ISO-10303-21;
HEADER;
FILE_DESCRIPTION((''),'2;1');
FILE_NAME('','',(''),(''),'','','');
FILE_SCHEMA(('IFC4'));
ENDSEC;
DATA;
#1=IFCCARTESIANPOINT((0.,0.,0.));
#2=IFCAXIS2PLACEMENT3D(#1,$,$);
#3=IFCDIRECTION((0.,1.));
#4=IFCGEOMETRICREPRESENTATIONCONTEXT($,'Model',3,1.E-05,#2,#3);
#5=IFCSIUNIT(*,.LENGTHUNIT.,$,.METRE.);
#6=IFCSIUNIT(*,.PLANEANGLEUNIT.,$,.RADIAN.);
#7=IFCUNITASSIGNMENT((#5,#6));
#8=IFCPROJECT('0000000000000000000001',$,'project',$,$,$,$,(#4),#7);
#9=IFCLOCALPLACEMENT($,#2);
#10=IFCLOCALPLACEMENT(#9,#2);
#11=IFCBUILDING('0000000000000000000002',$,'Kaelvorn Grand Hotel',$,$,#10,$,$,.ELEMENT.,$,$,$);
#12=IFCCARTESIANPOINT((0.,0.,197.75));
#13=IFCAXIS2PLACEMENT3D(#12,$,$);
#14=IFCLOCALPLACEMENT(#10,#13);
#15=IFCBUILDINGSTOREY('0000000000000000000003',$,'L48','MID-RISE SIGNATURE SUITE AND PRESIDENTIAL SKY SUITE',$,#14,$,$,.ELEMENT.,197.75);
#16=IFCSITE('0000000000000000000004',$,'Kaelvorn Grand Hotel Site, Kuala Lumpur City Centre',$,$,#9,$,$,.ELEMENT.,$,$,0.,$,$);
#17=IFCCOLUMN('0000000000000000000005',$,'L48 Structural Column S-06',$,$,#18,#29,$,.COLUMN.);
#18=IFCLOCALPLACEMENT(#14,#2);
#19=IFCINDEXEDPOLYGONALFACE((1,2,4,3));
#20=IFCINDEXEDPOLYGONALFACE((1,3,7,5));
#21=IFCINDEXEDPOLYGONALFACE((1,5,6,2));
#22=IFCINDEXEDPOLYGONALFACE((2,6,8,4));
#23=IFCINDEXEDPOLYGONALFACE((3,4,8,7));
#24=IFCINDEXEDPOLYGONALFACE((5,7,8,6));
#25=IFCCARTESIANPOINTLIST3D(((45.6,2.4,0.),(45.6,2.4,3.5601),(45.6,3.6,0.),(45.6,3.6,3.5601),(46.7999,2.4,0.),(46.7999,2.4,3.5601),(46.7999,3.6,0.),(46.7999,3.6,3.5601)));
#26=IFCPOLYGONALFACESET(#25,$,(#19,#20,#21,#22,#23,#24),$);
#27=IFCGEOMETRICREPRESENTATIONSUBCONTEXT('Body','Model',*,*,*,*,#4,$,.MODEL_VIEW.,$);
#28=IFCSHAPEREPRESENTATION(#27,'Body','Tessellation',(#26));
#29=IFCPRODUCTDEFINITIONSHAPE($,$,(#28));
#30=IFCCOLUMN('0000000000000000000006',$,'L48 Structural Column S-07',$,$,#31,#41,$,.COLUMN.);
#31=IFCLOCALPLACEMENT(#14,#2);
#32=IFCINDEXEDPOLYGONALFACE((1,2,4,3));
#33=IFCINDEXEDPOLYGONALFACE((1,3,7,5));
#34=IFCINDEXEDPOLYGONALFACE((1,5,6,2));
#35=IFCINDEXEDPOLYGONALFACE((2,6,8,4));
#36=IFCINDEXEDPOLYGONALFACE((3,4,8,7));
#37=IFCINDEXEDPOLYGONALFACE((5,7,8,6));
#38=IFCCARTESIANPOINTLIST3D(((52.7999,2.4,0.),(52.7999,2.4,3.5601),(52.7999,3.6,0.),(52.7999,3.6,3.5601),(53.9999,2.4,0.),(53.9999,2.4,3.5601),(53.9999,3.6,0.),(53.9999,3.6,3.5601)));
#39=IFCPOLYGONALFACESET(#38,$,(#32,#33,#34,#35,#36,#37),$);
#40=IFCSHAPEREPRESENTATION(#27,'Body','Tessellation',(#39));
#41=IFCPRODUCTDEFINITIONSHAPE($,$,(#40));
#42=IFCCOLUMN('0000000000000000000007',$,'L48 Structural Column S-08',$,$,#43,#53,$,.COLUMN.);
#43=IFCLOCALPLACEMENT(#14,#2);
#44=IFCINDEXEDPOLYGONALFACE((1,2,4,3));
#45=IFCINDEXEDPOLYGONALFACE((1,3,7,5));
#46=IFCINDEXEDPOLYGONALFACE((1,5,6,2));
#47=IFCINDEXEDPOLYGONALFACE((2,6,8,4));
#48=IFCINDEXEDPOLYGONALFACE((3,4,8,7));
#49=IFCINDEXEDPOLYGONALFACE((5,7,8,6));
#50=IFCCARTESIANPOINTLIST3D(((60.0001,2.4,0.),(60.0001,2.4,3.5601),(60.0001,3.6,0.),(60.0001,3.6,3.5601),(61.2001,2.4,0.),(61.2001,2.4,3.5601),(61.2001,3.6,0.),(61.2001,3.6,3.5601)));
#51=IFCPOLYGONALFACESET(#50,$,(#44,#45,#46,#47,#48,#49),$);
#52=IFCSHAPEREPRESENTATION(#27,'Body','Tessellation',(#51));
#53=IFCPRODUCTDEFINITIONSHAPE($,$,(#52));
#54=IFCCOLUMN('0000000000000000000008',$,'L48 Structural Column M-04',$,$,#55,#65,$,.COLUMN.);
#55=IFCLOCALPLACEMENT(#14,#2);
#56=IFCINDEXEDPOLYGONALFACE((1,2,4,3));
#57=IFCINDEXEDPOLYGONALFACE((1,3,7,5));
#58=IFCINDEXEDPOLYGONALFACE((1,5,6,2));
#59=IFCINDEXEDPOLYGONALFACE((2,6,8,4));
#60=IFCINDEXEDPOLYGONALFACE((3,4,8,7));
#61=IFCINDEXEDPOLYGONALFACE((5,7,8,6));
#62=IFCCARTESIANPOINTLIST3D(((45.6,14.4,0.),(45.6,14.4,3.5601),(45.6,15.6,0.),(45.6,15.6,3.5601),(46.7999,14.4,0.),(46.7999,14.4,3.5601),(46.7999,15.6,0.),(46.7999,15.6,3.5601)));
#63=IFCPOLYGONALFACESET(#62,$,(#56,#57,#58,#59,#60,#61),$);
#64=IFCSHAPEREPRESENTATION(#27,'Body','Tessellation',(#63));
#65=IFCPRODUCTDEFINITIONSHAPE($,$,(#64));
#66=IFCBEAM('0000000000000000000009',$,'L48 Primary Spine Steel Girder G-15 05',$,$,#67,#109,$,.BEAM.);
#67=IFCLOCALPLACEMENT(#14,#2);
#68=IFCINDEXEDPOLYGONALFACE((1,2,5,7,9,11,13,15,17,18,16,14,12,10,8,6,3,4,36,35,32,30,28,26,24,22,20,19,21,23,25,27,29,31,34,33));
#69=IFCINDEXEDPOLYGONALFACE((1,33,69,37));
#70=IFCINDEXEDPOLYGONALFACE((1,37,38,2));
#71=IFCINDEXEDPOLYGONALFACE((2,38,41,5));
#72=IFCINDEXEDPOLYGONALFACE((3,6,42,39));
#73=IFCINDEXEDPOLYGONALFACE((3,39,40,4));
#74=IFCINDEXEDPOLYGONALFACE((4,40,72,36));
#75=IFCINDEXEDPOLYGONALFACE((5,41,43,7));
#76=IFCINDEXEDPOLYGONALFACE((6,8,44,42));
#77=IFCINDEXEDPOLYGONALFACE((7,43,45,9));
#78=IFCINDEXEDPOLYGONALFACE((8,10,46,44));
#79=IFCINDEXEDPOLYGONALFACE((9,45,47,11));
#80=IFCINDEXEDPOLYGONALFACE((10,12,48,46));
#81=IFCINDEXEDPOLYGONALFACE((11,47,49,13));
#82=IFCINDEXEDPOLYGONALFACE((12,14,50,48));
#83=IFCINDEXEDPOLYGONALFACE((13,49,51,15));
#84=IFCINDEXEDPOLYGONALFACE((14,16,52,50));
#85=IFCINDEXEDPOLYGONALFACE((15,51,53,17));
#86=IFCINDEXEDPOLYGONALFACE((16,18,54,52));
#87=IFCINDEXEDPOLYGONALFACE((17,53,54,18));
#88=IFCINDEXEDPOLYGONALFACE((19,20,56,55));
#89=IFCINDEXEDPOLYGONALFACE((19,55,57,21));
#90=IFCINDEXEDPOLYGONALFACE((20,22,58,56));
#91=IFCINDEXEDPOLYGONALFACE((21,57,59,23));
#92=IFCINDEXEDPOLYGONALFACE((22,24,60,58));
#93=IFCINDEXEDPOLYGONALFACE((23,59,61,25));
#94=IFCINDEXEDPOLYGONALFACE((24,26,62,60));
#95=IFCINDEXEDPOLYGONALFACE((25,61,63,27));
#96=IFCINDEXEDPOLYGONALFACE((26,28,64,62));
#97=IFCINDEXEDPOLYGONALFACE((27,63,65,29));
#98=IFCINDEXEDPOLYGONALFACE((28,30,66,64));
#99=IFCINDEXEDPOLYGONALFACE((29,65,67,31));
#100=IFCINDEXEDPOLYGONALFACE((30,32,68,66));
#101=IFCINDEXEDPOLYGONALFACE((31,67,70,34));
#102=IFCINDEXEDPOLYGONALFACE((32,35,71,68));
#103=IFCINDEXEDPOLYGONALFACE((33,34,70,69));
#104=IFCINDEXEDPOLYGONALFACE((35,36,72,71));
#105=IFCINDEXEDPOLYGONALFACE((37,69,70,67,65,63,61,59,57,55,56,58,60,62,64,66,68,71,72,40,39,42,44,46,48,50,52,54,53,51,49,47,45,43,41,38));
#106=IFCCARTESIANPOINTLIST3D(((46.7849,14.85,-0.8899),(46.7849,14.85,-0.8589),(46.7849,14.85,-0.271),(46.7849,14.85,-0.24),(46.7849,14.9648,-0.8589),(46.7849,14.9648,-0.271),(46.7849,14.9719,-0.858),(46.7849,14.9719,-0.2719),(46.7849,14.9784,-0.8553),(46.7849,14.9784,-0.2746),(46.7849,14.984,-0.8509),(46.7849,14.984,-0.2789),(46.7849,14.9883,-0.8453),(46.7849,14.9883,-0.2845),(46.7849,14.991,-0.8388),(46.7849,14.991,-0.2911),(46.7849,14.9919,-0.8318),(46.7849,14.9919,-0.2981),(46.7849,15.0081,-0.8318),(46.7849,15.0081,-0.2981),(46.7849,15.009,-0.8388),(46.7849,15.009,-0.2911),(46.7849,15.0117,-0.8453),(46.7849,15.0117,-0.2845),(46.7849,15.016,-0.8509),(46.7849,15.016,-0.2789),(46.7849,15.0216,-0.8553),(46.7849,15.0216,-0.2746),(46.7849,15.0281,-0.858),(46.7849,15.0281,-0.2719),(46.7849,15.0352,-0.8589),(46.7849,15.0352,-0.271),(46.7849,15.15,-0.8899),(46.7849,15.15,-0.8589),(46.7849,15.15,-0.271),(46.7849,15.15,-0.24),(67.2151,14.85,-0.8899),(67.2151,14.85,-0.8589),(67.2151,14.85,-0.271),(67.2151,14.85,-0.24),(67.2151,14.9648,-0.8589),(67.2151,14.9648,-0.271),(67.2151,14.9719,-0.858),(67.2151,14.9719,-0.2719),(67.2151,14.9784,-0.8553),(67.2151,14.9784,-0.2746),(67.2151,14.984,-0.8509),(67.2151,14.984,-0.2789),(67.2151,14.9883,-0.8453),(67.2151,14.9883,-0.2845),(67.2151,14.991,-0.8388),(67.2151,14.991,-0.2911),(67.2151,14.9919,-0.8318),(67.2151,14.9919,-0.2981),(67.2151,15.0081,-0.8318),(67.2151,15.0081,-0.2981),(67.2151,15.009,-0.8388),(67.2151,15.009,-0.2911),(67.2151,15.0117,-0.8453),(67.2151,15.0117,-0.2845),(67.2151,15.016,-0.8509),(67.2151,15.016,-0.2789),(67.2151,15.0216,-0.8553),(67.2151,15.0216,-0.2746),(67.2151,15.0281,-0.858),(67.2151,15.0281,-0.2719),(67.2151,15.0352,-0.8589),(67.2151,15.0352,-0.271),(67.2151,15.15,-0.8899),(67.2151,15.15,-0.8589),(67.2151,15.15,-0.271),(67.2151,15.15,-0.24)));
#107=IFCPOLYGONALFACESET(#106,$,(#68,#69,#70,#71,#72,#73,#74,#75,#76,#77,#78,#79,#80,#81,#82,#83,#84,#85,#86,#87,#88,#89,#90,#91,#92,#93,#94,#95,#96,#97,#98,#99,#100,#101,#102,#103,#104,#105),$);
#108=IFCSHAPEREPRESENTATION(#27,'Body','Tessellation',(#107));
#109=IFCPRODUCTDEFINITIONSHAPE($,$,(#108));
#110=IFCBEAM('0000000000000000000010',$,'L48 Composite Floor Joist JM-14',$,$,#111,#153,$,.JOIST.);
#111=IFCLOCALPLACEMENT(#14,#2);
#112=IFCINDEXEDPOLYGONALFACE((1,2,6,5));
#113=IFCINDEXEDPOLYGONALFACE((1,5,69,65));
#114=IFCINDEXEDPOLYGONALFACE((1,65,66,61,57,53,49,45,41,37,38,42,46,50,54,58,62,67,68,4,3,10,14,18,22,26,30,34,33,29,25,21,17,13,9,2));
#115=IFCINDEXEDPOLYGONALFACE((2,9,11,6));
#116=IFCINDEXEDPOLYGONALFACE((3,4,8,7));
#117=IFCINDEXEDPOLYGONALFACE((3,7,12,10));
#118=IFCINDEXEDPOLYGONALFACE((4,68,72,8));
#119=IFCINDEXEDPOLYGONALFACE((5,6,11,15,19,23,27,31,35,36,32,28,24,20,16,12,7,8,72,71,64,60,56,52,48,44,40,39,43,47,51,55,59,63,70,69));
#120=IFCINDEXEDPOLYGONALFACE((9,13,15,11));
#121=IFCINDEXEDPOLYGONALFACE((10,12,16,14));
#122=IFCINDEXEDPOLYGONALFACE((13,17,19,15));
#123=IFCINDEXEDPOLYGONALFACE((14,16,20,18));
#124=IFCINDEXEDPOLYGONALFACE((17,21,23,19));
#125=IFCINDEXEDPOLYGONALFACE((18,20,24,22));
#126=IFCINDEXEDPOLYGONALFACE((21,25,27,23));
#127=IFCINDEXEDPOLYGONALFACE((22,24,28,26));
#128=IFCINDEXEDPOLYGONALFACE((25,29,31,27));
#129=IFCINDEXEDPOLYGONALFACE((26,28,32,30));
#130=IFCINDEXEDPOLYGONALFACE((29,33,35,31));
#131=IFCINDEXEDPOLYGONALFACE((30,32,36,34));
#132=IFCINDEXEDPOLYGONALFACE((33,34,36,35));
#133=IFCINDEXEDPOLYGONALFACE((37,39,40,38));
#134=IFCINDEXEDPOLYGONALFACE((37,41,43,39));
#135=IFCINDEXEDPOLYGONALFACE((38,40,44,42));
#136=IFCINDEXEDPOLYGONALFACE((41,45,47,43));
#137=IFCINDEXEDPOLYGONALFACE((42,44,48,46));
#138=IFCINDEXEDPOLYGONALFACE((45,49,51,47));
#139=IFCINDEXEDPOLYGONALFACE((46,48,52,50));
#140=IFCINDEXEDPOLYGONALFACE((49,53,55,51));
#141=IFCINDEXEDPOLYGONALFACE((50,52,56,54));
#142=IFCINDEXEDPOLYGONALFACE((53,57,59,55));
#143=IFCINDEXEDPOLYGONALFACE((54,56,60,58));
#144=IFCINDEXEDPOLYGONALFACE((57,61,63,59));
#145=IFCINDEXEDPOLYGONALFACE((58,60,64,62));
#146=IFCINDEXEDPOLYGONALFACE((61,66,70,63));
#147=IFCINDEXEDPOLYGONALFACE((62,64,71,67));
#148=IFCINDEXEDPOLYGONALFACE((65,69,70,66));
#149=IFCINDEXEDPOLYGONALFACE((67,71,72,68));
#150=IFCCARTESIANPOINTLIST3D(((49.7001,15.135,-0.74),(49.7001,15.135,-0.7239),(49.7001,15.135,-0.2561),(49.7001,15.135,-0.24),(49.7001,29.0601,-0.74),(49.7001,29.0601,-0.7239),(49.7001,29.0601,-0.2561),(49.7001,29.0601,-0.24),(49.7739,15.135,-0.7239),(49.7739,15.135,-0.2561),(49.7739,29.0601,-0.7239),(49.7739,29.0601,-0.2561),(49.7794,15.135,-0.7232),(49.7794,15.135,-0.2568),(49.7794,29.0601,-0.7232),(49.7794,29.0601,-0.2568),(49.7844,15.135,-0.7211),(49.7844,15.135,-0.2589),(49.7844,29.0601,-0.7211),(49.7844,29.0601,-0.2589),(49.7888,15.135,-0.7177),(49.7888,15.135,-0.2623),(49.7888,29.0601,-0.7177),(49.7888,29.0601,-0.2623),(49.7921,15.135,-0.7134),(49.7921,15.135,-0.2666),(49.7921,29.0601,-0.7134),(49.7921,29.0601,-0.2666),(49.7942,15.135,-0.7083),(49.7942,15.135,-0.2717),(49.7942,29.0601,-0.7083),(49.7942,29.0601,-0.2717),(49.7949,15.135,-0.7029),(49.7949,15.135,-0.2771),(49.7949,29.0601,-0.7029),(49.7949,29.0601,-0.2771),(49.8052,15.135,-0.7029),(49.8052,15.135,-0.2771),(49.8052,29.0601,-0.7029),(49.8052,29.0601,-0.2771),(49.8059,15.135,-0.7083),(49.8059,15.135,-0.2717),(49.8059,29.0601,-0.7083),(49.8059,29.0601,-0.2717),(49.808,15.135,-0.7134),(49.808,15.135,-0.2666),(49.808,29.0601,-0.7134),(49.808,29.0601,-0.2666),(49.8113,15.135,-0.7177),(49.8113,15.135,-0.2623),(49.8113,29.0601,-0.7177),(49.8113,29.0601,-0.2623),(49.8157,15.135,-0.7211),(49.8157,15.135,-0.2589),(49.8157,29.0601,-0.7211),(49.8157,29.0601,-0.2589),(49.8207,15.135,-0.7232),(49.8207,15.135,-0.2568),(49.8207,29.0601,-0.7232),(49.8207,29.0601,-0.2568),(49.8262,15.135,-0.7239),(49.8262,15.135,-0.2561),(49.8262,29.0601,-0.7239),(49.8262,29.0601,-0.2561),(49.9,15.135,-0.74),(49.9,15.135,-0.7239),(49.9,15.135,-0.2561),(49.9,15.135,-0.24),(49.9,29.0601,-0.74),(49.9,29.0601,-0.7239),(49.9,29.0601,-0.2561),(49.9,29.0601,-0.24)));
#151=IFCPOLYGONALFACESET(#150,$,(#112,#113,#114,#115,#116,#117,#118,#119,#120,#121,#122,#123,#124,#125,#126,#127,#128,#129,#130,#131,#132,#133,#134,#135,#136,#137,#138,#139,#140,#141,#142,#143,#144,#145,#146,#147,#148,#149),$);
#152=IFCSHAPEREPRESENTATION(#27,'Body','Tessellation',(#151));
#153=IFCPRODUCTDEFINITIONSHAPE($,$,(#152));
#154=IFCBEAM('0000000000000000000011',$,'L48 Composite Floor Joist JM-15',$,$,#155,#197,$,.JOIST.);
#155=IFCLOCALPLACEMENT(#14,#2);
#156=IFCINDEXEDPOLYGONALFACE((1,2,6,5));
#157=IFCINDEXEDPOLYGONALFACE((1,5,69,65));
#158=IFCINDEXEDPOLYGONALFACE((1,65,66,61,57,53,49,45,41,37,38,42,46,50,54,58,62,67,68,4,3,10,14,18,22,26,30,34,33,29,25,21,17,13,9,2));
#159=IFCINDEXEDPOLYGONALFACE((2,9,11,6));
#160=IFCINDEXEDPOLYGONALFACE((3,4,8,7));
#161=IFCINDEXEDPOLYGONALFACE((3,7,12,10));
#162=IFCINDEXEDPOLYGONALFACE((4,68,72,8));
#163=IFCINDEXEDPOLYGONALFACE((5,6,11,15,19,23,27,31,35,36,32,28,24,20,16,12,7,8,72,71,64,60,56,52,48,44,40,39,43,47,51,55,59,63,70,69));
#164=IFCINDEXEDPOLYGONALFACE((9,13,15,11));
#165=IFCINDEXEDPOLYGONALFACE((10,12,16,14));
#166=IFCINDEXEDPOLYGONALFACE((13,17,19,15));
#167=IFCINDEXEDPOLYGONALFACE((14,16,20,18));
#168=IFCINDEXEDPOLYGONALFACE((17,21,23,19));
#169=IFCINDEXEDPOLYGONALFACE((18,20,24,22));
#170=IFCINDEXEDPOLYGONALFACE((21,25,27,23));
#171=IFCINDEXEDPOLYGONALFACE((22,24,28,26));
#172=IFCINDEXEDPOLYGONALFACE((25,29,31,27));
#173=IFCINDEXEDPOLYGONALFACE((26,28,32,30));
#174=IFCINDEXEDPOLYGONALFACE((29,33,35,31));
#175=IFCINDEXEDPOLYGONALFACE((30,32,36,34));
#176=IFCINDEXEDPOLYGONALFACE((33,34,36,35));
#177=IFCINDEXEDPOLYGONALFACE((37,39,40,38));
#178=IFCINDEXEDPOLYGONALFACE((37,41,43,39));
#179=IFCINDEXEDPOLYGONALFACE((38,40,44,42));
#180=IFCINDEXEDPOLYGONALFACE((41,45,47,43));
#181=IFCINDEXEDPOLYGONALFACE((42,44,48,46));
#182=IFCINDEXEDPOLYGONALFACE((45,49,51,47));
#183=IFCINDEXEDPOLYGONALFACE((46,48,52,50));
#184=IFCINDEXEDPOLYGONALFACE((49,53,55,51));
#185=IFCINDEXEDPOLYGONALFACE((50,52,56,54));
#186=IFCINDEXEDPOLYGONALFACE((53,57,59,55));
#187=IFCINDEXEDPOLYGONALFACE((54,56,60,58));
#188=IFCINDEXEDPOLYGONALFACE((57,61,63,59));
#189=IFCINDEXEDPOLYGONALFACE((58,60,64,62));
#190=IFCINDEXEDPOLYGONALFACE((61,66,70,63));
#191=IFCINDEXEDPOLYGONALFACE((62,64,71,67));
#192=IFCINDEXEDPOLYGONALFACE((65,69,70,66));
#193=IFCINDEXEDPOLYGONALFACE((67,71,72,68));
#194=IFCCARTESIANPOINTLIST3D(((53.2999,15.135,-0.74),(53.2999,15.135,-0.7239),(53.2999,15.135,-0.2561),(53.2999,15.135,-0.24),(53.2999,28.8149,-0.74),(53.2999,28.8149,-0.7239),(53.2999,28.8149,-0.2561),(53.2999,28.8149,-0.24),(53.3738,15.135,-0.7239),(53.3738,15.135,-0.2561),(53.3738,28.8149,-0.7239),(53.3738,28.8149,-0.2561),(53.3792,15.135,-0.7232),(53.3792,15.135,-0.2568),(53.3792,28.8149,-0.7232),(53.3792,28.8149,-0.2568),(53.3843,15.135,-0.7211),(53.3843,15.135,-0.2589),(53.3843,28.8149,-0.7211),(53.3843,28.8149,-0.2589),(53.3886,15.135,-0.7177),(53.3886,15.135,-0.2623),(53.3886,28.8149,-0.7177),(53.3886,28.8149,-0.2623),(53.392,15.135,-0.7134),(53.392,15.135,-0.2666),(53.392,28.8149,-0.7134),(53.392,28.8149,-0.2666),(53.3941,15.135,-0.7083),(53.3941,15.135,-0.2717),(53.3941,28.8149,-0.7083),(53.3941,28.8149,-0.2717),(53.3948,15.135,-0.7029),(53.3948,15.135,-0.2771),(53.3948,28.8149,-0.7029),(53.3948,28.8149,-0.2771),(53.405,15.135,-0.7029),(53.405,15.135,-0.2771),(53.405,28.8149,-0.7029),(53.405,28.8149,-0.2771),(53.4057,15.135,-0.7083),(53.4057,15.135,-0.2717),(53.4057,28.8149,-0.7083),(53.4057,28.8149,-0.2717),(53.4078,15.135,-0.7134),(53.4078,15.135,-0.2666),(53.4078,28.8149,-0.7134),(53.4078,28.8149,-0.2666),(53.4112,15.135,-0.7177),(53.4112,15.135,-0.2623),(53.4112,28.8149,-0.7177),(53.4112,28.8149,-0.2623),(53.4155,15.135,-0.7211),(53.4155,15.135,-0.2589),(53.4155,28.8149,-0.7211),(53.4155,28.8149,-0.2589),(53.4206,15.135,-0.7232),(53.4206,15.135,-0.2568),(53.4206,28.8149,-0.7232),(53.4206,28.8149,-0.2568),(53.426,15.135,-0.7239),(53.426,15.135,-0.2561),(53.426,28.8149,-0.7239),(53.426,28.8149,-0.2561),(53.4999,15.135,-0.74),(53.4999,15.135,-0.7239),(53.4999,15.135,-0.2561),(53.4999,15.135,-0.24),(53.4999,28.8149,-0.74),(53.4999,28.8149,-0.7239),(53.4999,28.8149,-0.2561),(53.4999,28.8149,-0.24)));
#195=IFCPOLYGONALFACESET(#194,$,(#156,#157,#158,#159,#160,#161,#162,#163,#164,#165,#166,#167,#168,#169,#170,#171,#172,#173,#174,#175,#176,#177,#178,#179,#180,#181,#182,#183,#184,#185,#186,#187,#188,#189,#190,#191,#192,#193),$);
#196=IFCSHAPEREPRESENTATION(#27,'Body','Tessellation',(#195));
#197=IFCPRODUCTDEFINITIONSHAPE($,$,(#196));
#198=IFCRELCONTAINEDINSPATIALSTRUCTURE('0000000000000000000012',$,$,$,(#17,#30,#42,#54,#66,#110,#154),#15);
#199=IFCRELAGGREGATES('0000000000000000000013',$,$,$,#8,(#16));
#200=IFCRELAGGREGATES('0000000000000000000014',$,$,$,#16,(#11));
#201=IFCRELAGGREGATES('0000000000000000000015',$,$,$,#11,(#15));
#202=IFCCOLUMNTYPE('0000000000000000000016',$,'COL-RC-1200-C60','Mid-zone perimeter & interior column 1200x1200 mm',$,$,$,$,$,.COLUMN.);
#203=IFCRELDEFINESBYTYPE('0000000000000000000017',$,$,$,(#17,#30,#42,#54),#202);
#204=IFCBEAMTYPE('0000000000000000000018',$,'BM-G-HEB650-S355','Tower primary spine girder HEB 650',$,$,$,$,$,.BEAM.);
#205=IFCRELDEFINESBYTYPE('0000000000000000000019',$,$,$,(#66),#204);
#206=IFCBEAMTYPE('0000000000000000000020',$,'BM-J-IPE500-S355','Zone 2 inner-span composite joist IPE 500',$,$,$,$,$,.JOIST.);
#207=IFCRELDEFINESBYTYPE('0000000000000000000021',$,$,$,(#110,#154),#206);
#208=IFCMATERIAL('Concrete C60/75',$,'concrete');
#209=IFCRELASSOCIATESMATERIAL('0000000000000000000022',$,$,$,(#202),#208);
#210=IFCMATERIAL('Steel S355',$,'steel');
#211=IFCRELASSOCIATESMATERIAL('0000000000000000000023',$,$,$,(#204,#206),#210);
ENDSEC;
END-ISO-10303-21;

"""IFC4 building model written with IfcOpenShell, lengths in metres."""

from ifc_helpers import new_model, si_unit, direction, frame, origin, origin_2d, place, context, subcontext, project, spatial, rectangle, i_section, extrude, material, material_profile, profile_set, type_object, element, save


model = new_model("IFC4")

# Units and contexts
model_context = context("Model", 3, precision=1e-05, world=origin(), true_north=direction((0.0, 1.0)))
body_context = subcontext(model_context, "Body", "Model", "MODEL_VIEW")
ifc_project = project(units=[si_unit("LENGTHUNIT", "METRE"), si_unit("PLANEANGLEUNIT", "RADIAN")], contexts=[model_context])

# Site, building, storey
site_placement = place(None, origin())
site = spatial("IfcSite", under=ifc_project, at=site_placement, Name="Kaelvorn Grand Hotel Site, Kuala Lumpur City Centre", CompositionType="ELEMENT", RefElevation=0.0)
building_placement = place(site_placement, origin())
building = spatial("IfcBuilding", under=site, at=building_placement, Name="Kaelvorn Grand Hotel", CompositionType="ELEMENT")
storey_placement = place(building_placement, frame((0.0, 0.0, 197.75)))
storey = spatial("IfcBuildingStorey", under=building, at=storey_placement, Name="L48", Description="MID-RISE SIGNATURE SUITE AND PRESIDENTIAL SKY SUITE", CompositionType="ELEMENT", Elevation=197.75)

# Columns
ifc_material_1 = material(Name="Concrete C60/75", Category="concrete")
ifc_material_profile_1 = material_profile(ifc_material_1, rectangle(XDim=1.2, YDim=1.2, at=origin_2d()), Name="RC COL 1200x1200")
ifc_profile_set_1 = profile_set([ifc_material_profile_1], Name="Concrete C60/75")
column_type = type_object("IfcColumnType", Name="COL-RC-1200-C60", Description="Mid-zone perimeter & interior column 1200x1200 mm", PredefinedType="COLUMN", material=ifc_profile_set_1)
for number, where, z_axis, x_axis, name in (
    (1, (46.2, 3.0, 0.0), (0.0, 0.0, 1.0), (1.0, 0.0, 0.0), "L48 Structural Column S-06"),
    (2, (53.3999, 3.0, 0.0), (0.0, 0.0, 1.0), (1.0, 0.0, 0.0), "L48 Structural Column S-07"),
    (3, (60.6001, 3.0, 0.0), (0.0, 0.0, 1.0), (1.0, 0.0, 0.0), "L48 Structural Column S-08"),
    (4, (46.2, 15.0, 0.0), (0.0, 0.0, 1.0), (1.0, 0.0, 0.0), "L48 Structural Column M-04"),
):
    element("IfcColumn", number, at=place(storey_placement, frame(where, z_axis=z_axis, x_axis=x_axis)), inside=storey, type_object=column_type, Name=name, PredefinedType="COLUMN", context=body_context, shape_type="SweptSolid", body=[
        extrude(rectangle(XDim=1.2, YDim=1.2, at=origin_2d()), origin(), (0.0, 0.0, 1.0), 3.5601),
    ])

# Beams
ifc_material_2 = material(Name="Steel S355", Category="steel")
ifc_material_profile_2 = material_profile(ifc_material_2, i_section(OverallWidth=0.3, OverallDepth=0.6499, WebThickness=0.0161, FlangeThickness=0.031, FilletRadius=0.0271, at=origin_2d()), Name="HEB 650")
ifc_profile_set_2 = profile_set([ifc_material_profile_2], Name="Steel S355")
beam_type_1 = type_object("IfcBeamType", Name="BM-G-HEB650-S355", Description="Tower primary spine girder HEB 650", PredefinedType="BEAM", material=ifc_profile_set_2)
beam_1_placement = place(storey_placement, frame((46.7849, 15.0, -0.5649), z_axis=(1.0, 0.0, 0.0), x_axis=(0.0, 1.0, 0.0)))
element("IfcBeam", 5, at=beam_1_placement, inside=storey, type_object=beam_type_1, Name="L48 Primary Spine Steel Girder G-15 05", PredefinedType="BEAM", context=body_context, shape_type="SweptSolid", body=[
    extrude(i_section(OverallWidth=0.3, OverallDepth=0.6499, WebThickness=0.0161, FlangeThickness=0.031, FilletRadius=0.0271, at=origin_2d()), origin(), (0.0, 0.0, 1.0), 20.4302),
])
ifc_material_profile_3 = material_profile(ifc_material_2, i_section(OverallWidth=0.2, OverallDepth=0.5, WebThickness=0.0103, FlangeThickness=0.0161, FilletRadius=0.021, at=origin_2d()), Name="IPE 500")
ifc_profile_set_3 = profile_set([ifc_material_profile_3], Name="Steel S355")
beam_type_2 = type_object("IfcBeamType", Name="BM-J-IPE500-S355", Description="Zone 2 inner-span composite joist IPE 500", PredefinedType="JOIST", material=ifc_profile_set_3)
beam_2_placement = place(storey_placement, frame((49.8, 15.135, -0.49), z_axis=(0.0, 1.0, 0.0), x_axis=(-1.0, 0.0, 0.0)))
element("IfcBeam", 6, at=beam_2_placement, inside=storey, type_object=beam_type_2, Name="L48 Composite Floor Joist JM-14", PredefinedType="JOIST", context=body_context, shape_type="SweptSolid", body=[
    extrude(i_section(OverallWidth=0.2, OverallDepth=0.5, WebThickness=0.0103, FlangeThickness=0.0161, FilletRadius=0.021, at=origin_2d()), origin(), (0.0, 0.0, 1.0), 13.925),
])
beam_3_placement = place(storey_placement, frame((53.3999, 15.135, -0.49), z_axis=(0.0, 1.0, 0.0), x_axis=(-1.0, 0.0, 0.0)))
element("IfcBeam", 7, at=beam_3_placement, inside=storey, type_object=beam_type_2, Name="L48 Composite Floor Joist JM-15", PredefinedType="JOIST", context=body_context, shape_type="SweptSolid", body=[
    extrude(i_section(OverallWidth=0.2, OverallDepth=0.5, WebThickness=0.0103, FlangeThickness=0.0161, FilletRadius=0.021, at=origin_2d()), origin(), (0.0, 0.0, 1.0), 13.6799),
])

save(model, "model.ifc")
